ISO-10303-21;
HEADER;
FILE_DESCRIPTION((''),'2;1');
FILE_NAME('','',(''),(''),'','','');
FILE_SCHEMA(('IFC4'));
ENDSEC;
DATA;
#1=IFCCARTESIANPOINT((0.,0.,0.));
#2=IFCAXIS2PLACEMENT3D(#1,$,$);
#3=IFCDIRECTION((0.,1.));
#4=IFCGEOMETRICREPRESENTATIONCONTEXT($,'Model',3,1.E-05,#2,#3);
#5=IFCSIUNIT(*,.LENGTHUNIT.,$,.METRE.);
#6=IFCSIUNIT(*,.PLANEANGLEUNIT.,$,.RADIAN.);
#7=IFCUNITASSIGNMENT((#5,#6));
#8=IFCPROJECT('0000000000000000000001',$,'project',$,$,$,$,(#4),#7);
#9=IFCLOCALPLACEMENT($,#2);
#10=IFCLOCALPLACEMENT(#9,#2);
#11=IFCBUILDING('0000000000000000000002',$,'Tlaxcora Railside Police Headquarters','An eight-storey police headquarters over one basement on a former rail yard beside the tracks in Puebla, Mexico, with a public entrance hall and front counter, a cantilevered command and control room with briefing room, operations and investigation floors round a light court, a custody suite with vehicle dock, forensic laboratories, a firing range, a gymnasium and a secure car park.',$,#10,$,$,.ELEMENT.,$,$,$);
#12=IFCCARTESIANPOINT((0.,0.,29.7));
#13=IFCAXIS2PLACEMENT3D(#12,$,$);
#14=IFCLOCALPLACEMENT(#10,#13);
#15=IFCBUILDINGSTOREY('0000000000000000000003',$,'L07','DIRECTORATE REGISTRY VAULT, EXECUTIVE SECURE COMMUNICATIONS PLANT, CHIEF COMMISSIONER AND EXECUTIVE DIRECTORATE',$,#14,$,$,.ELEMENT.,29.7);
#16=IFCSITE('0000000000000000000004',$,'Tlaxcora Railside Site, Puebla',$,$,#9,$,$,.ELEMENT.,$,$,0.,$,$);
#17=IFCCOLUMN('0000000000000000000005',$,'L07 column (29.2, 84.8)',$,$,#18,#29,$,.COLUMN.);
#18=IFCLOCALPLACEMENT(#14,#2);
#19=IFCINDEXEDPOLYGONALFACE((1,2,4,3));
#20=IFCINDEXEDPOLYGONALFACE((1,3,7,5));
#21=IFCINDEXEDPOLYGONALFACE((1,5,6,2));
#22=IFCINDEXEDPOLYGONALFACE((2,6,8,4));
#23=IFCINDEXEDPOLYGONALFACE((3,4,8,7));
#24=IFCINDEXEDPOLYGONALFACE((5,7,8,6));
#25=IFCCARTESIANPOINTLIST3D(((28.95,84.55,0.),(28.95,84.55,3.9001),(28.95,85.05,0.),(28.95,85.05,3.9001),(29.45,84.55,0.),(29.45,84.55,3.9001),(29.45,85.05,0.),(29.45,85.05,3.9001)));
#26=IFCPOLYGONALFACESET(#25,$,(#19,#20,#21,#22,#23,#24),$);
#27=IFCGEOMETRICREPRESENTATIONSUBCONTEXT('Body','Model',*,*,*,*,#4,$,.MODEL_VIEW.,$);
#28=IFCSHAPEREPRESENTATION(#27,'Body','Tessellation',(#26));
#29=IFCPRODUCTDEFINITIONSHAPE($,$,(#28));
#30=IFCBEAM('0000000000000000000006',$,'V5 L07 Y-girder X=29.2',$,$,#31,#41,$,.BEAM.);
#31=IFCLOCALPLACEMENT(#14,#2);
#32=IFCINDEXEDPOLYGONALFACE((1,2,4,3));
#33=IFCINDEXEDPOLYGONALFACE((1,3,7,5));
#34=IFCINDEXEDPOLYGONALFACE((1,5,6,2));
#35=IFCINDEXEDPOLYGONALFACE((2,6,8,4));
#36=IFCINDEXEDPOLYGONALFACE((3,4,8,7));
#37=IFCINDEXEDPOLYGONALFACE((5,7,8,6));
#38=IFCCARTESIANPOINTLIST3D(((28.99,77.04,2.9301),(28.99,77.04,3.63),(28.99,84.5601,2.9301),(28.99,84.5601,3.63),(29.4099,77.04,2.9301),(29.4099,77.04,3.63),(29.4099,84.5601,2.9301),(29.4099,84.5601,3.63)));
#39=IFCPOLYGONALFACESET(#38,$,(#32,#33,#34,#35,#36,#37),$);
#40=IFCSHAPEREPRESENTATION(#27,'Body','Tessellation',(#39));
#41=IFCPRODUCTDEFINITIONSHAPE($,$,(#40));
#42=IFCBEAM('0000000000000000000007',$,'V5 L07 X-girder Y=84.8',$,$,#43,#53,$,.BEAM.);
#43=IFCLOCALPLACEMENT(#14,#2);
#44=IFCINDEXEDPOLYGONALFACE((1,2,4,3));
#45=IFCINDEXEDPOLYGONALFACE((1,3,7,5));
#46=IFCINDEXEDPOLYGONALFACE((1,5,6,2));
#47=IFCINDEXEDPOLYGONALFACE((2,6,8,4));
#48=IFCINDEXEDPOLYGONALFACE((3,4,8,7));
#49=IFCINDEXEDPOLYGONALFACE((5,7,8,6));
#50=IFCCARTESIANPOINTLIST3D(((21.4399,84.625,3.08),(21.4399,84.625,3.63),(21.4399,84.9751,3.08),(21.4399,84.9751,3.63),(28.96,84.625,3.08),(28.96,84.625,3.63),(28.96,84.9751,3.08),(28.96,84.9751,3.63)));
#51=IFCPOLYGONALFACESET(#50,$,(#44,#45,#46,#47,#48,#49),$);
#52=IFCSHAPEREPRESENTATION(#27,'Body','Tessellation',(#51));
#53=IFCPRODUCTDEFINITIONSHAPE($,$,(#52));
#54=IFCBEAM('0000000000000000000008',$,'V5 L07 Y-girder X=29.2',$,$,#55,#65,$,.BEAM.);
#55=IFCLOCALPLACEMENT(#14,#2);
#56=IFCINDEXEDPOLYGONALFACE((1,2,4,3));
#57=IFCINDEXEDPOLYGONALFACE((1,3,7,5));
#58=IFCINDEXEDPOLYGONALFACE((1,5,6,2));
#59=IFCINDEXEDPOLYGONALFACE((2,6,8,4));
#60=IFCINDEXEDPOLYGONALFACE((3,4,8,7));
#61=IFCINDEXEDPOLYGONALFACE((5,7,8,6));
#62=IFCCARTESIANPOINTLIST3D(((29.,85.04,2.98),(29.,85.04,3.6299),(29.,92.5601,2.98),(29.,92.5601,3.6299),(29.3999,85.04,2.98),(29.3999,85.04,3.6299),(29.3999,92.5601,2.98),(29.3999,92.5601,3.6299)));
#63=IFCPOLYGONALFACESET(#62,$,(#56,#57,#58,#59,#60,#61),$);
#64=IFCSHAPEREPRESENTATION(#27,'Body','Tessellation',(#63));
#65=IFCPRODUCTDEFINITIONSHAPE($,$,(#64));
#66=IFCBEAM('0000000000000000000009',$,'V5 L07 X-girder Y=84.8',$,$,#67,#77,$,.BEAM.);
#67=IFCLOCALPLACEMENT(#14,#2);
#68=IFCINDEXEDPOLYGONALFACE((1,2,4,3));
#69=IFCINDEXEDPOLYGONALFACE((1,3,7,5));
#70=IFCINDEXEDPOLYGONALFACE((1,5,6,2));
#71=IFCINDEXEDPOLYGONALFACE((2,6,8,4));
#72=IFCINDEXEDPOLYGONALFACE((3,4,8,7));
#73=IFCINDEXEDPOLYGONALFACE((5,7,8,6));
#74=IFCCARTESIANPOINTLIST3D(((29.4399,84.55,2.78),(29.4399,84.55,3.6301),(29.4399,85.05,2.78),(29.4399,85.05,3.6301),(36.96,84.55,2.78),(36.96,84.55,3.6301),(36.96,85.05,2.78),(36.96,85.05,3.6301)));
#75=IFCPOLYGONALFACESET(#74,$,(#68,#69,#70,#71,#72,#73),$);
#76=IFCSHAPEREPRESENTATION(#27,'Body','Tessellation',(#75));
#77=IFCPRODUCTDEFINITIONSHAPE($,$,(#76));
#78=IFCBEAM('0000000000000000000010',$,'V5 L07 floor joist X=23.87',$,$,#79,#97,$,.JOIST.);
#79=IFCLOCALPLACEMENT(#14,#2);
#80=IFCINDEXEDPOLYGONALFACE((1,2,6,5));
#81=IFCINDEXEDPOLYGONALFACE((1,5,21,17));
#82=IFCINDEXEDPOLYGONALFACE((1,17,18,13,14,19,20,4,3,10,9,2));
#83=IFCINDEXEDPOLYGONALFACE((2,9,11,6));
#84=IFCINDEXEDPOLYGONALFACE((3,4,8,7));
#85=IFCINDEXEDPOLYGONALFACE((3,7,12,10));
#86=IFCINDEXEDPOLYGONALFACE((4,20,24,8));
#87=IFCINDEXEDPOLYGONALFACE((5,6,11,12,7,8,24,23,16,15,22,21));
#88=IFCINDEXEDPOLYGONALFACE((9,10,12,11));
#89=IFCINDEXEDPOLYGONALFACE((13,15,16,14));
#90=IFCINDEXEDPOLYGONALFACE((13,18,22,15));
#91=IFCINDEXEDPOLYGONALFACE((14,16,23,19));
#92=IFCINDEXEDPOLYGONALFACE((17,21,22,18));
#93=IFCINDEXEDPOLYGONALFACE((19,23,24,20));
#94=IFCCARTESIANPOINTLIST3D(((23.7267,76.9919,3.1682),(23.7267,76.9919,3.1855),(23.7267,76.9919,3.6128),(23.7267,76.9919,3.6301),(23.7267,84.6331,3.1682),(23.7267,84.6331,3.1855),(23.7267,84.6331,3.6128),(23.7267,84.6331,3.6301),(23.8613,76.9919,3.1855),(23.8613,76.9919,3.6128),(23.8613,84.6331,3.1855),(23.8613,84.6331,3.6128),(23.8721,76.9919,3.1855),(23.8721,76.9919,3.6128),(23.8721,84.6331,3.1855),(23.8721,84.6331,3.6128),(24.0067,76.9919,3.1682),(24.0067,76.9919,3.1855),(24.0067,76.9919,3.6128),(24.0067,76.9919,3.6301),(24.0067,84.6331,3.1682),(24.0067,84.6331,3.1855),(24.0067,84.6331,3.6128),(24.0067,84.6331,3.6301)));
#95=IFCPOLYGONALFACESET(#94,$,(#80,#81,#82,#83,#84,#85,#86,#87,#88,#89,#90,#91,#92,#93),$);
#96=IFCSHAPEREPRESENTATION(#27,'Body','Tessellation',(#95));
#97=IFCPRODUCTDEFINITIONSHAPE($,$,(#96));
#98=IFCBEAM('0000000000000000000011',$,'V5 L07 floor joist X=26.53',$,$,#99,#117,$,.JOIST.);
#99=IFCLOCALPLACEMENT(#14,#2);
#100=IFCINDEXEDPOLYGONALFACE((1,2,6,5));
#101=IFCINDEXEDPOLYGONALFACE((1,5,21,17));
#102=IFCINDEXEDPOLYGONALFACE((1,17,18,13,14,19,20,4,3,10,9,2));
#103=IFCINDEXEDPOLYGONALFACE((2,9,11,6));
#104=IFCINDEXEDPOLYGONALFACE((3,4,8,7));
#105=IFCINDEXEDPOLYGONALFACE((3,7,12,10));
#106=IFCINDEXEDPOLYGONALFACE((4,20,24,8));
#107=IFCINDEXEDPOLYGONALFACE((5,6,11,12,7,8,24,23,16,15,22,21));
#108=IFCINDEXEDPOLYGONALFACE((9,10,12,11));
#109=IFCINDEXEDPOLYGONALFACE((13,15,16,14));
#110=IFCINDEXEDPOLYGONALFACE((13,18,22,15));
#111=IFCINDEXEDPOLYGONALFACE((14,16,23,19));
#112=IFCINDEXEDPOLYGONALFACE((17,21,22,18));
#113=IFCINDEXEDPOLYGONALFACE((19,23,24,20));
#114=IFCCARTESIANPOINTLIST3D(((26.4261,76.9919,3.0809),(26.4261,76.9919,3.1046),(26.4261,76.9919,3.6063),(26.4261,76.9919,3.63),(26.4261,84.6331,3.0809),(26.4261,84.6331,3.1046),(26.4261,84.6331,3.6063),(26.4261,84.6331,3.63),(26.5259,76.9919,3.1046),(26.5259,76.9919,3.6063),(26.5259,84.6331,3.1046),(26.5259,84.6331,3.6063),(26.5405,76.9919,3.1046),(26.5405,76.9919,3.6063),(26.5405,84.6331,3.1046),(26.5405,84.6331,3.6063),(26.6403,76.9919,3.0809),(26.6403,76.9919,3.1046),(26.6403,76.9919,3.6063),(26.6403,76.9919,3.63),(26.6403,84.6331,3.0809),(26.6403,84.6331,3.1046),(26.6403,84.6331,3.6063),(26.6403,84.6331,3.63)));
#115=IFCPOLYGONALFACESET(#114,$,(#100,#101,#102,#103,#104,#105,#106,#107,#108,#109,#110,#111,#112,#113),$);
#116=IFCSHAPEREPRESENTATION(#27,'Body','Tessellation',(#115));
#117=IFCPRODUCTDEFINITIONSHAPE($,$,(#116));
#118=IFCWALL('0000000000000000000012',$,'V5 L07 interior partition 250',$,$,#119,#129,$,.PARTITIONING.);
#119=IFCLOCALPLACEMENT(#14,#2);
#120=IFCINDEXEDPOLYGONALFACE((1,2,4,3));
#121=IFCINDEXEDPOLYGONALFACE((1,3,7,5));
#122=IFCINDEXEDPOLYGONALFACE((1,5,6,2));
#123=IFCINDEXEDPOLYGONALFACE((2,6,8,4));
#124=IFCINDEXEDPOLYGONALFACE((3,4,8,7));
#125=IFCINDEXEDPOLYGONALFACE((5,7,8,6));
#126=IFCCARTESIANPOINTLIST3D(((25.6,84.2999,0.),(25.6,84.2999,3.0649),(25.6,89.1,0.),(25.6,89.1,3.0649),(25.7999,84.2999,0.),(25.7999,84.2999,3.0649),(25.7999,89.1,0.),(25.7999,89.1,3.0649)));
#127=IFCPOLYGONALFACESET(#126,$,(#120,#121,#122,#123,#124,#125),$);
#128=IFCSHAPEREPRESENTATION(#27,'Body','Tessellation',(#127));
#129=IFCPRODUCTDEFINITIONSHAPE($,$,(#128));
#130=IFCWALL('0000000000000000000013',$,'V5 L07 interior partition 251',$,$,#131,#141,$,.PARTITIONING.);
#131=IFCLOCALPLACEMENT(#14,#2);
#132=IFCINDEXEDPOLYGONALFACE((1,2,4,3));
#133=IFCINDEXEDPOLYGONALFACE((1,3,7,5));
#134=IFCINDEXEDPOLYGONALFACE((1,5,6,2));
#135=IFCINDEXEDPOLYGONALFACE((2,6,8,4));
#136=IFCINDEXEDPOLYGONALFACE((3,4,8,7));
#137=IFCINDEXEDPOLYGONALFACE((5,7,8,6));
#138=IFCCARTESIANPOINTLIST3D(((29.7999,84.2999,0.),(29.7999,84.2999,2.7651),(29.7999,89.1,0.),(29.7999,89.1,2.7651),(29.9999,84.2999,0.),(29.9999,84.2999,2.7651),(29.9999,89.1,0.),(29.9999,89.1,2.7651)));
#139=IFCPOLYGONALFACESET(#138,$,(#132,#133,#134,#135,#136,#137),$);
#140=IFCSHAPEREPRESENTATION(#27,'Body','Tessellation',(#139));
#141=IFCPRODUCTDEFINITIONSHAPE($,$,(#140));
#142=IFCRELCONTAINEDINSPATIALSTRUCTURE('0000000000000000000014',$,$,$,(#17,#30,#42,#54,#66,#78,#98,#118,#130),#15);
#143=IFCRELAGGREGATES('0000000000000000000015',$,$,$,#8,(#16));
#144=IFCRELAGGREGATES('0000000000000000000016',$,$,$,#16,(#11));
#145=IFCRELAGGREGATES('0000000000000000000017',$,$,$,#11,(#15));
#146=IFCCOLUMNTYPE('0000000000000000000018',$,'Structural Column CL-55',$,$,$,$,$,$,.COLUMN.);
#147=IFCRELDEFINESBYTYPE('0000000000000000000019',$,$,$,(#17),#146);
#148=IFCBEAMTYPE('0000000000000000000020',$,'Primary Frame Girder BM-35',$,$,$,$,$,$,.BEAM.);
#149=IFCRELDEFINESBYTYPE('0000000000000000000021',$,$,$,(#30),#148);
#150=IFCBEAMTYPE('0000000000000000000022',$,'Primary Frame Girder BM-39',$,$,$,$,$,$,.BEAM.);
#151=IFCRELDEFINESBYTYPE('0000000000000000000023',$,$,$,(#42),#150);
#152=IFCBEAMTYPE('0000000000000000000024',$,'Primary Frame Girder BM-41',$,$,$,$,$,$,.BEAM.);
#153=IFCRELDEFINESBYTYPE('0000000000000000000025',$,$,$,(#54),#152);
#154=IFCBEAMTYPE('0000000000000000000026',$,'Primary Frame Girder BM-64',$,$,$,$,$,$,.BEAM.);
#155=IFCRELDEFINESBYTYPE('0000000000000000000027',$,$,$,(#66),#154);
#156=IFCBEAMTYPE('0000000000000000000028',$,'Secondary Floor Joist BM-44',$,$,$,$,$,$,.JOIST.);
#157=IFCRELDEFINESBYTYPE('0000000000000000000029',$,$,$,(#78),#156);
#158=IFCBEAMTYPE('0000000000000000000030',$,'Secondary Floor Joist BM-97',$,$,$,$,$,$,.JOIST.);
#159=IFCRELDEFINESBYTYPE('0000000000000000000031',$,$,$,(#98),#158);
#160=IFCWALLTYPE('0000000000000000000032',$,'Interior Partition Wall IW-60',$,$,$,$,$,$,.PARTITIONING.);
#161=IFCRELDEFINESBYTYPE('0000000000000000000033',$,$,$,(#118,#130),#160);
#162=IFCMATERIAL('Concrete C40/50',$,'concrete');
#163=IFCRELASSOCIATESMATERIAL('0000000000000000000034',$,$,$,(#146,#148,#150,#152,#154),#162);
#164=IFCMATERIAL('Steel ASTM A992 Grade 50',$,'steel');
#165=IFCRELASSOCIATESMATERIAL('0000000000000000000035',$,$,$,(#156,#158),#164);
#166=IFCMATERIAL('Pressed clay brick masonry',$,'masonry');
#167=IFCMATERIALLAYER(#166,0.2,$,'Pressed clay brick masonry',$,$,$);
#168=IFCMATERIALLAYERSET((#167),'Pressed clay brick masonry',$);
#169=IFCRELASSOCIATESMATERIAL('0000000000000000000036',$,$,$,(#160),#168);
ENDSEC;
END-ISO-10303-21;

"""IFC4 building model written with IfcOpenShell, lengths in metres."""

from ifc_helpers import new_model, si_unit, direction, frame, frame_2d, origin, origin_2d, place, context, subcontext, project, spatial, rectangle, i_section, extrude, material, layer, layer_set, material_profile, profile_set, type_object, element, save


model = new_model("IFC4")

# Units and contexts
model_context = context("Model", 3, precision=1e-05, world=origin(), true_north=direction((0.0, 1.0)))
body_context = subcontext(model_context, "Body", "Model", "MODEL_VIEW")
ifc_project = project(units=[si_unit("LENGTHUNIT", "METRE"), si_unit("PLANEANGLEUNIT", "RADIAN")], contexts=[model_context])

# Site, building, storey
site_placement = place(None, origin())
site = spatial("IfcSite", under=ifc_project, at=site_placement, Name="Tlaxcora Railside Site, Puebla", CompositionType="ELEMENT", RefElevation=0.0)
building_placement = place(site_placement, origin())
building = spatial("IfcBuilding", under=site, at=building_placement, Name="Tlaxcora Railside Police Headquarters", Description="An eight-storey police headquarters over one basement on a former rail yard beside the tracks in Puebla, Mexico, with a public entrance hall and front counter, a cantilevered command and control room with briefing room, operations and investigation floors round a light court, a custody suite with vehicle dock, forensic laboratories, a firing range, a gymnasium and a secure car park.", CompositionType="ELEMENT")
storey_placement = place(building_placement, frame((0.0, 0.0, 29.7)))
storey = spatial("IfcBuildingStorey", under=building, at=storey_placement, Name="L07", Description="DIRECTORATE REGISTRY VAULT, EXECUTIVE SECURE COMMUNICATIONS PLANT, CHIEF COMMISSIONER AND EXECUTIVE DIRECTORATE", CompositionType="ELEMENT", Elevation=29.7)

# Column
ifc_material_1 = material(Name="Concrete C40/50", Category="concrete")
ifc_material_profile_1 = material_profile(ifc_material_1, rectangle(XDim=0.5, YDim=0.5, at=origin_2d()), Name="RC500X500")
ifc_profile_set_1 = profile_set([ifc_material_profile_1], Name="Concrete C40/50")
column_type = type_object("IfcColumnType", Name="Structural Column CL-55", PredefinedType="COLUMN", material=ifc_profile_set_1)
column_placement = place(storey_placement, frame((29.2, 84.8, 0.0), z_axis=(0.0, 0.0, 1.0), x_axis=(1.0, 0.0, 0.0)))
element("IfcColumn", 1, at=column_placement, inside=storey, type_object=column_type, Name="L07 column (29.2, 84.8)", PredefinedType="COLUMN", context=body_context, shape_type="SweptSolid", body=[
    extrude(rectangle(XDim=0.5, YDim=0.5, at=origin_2d()), origin(), (0.0, 0.0, 1.0), 3.9001),
])

# Beams
ifc_material_profile_2 = material_profile(ifc_material_1, rectangle(XDim=0.4199, YDim=0.7, at=origin_2d()), Name="RC420X700")
ifc_profile_set_2 = profile_set([ifc_material_profile_2], Name="Concrete C40/50")
beam_type_1 = type_object("IfcBeamType", Name="Primary Frame Girder BM-35", PredefinedType="BEAM", material=ifc_profile_set_2)
beam_1_placement = place(storey_placement, frame((29.2, 77.04, 3.28), z_axis=(0.0, 1.0, 0.0), x_axis=(-1.0, 0.0, 0.0)))
element("IfcBeam", 2, at=beam_1_placement, inside=storey, type_object=beam_type_1, Name="V5 L07 Y-girder X=29.2", PredefinedType="BEAM", context=body_context, shape_type="SweptSolid", body=[
    extrude(rectangle(XDim=0.4199, YDim=0.7, at=origin_2d()), origin(), (0.0, 0.0, 1.0), 7.52),
])
ifc_material_profile_3 = material_profile(ifc_material_1, rectangle(XDim=0.3501, YDim=0.55, at=origin_2d()), Name="RC350X550")
ifc_profile_set_3 = profile_set([ifc_material_profile_3], Name="Concrete C40/50")
beam_type_2 = type_object("IfcBeamType", Name="Primary Frame Girder BM-39", PredefinedType="BEAM", material=ifc_profile_set_3)
beam_2_placement = place(storey_placement, frame((21.4399, 84.8, 3.355), z_axis=(1.0, 0.0, 0.0), x_axis=(0.0, 1.0, 0.0)))
element("IfcBeam", 3, at=beam_2_placement, inside=storey, type_object=beam_type_2, Name="V5 L07 X-girder Y=84.8", PredefinedType="BEAM", context=body_context, shape_type="SweptSolid", body=[
    extrude(rectangle(XDim=0.3501, YDim=0.55, at=origin_2d()), origin(), (0.0, 0.0, 1.0), 7.52),
])
ifc_material_profile_4 = material_profile(ifc_material_1, rectangle(XDim=0.3999, YDim=0.6499, at=origin_2d()), Name="RC400X650")
ifc_profile_set_4 = profile_set([ifc_material_profile_4], Name="Concrete C40/50")
beam_type_3 = type_object("IfcBeamType", Name="Primary Frame Girder BM-41", PredefinedType="BEAM", material=ifc_profile_set_4)
beam_3_placement = place(storey_placement, frame((29.2, 85.04, 3.3049), z_axis=(0.0, 1.0, 0.0), x_axis=(-1.0, 0.0, 0.0)))
element("IfcBeam", 4, at=beam_3_placement, inside=storey, type_object=beam_type_3, Name="V5 L07 Y-girder X=29.2", PredefinedType="BEAM", context=body_context, shape_type="SweptSolid", body=[
    extrude(rectangle(XDim=0.3999, YDim=0.6499, at=origin_2d()), origin(), (0.0, 0.0, 1.0), 7.52),
])
ifc_material_profile_5 = material_profile(ifc_material_1, rectangle(XDim=0.5, YDim=0.8501, at=origin_2d()), Name="RC500X850")
ifc_profile_set_5 = profile_set([ifc_material_profile_5], Name="Concrete C40/50")
beam_type_4 = type_object("IfcBeamType", Name="Primary Frame Girder BM-64", PredefinedType="BEAM", material=ifc_profile_set_5)
beam_4_placement = place(storey_placement, frame((29.4399, 84.8, 3.2051), z_axis=(1.0, 0.0, 0.0), x_axis=(0.0, 1.0, 0.0)))
element("IfcBeam", 5, at=beam_4_placement, inside=storey, type_object=beam_type_4, Name="V5 L07 X-girder Y=84.8", PredefinedType="BEAM", context=body_context, shape_type="SweptSolid", body=[
    extrude(rectangle(XDim=0.5, YDim=0.8501, at=origin_2d()), origin(), (0.0, 0.0, 1.0), 7.52),
])
ifc_material_2 = material(Name="Steel ASTM A992 Grade 50", Category="steel")
ifc_material_profile_6 = material_profile(ifc_material_2, i_section(OverallWidth=0.28, OverallDepth=0.4619, WebThickness=0.0107, FlangeThickness=0.0173, at=origin_2d()), Name="W18X76")
ifc_profile_set_6 = profile_set([ifc_material_profile_6], Name="Steel ASTM A992 Grade 50")
beam_type_5 = type_object("IfcBeamType", Name="Secondary Floor Joist BM-44", PredefinedType="JOIST", material=ifc_profile_set_6)
beam_5_placement = place(storey_placement, frame((23.8667, 76.9919, 3.3992), z_axis=(0.0, 1.0, 0.0), x_axis=(-1.0, 0.0, 0.0)))
element("IfcBeam", 6, at=beam_5_placement, inside=storey, type_object=beam_type_5, Name="V5 L07 floor joist X=23.87", PredefinedType="JOIST", context=body_context, shape_type="SweptSolid", body=[
    extrude(i_section(OverallWidth=0.28, OverallDepth=0.4619, WebThickness=0.0107, FlangeThickness=0.0173, at=origin_2d()), origin(), (0.0, 0.0, 1.0), 7.6411),
])
ifc_material_profile_7 = material_profile(ifc_material_2, i_section(OverallWidth=0.2141, OverallDepth=0.5491, WebThickness=0.0146, FlangeThickness=0.0237, at=origin_2d()), Name="W21X93")
ifc_profile_set_7 = profile_set([ifc_material_profile_7], Name="Steel ASTM A992 Grade 50")
beam_type_6 = type_object("IfcBeamType", Name="Secondary Floor Joist BM-97", PredefinedType="JOIST", material=ifc_profile_set_7)
beam_6_placement = place(storey_placement, frame((26.5332, 76.9919, 3.3555), z_axis=(0.0, 1.0, 0.0), x_axis=(-1.0, 0.0, 0.0)))
element("IfcBeam", 7, at=beam_6_placement, inside=storey, type_object=beam_type_6, Name="V5 L07 floor joist X=26.53", PredefinedType="JOIST", context=body_context, shape_type="SweptSolid", body=[
    extrude(i_section(OverallWidth=0.2141, OverallDepth=0.5491, WebThickness=0.0146, FlangeThickness=0.0237, at=origin_2d()), origin(), (0.0, 0.0, 1.0), 7.6411),
])

# Shared definitions
ifc_material_3 = material(Name="Pressed clay brick masonry", Category="masonry")
ifc_layer_1 = layer(ifc_material_3, 0.2, Name="Pressed clay brick masonry")
ifc_layer_set_1 = layer_set([ifc_layer_1], Name="Pressed clay brick masonry")
wall_type_1 = type_object("IfcWallType", Name="Interior Partition Wall IW-60", PredefinedType="PARTITIONING", material=ifc_layer_set_1)

# Walls
wall_1_placement = place(storey_placement, frame((25.7, 84.3, 0.0), z_axis=(0.0, 0.0, 1.0), x_axis=(0.0, 1.0, 0.0)))
element("IfcWall", 8, at=wall_1_placement, inside=storey, type_object=wall_type_1, Name="V5 L07 interior partition 250", PredefinedType="PARTITIONING", context=body_context, shape_type="SweptSolid", body=[
    extrude(rectangle(XDim=4.8, YDim=0.2, at=frame_2d((2.3999, 0.0))), origin(), (0.0, 0.0, 1.0), 3.0649),
])
wall_2_placement = place(storey_placement, frame((29.8999, 84.3, 0.0), z_axis=(0.0, 0.0, 1.0), x_axis=(0.0, 1.0, 0.0)))
element("IfcWall", 9, at=wall_2_placement, inside=storey, type_object=wall_type_1, Name="V5 L07 interior partition 251", PredefinedType="PARTITIONING", context=body_context, shape_type="SweptSolid", body=[
    extrude(rectangle(XDim=4.8, YDim=0.2, at=frame_2d((2.3999, 0.0))), origin(), (0.0, 0.0, 1.0), 2.7651),
])

save(model, "model.ifc")
